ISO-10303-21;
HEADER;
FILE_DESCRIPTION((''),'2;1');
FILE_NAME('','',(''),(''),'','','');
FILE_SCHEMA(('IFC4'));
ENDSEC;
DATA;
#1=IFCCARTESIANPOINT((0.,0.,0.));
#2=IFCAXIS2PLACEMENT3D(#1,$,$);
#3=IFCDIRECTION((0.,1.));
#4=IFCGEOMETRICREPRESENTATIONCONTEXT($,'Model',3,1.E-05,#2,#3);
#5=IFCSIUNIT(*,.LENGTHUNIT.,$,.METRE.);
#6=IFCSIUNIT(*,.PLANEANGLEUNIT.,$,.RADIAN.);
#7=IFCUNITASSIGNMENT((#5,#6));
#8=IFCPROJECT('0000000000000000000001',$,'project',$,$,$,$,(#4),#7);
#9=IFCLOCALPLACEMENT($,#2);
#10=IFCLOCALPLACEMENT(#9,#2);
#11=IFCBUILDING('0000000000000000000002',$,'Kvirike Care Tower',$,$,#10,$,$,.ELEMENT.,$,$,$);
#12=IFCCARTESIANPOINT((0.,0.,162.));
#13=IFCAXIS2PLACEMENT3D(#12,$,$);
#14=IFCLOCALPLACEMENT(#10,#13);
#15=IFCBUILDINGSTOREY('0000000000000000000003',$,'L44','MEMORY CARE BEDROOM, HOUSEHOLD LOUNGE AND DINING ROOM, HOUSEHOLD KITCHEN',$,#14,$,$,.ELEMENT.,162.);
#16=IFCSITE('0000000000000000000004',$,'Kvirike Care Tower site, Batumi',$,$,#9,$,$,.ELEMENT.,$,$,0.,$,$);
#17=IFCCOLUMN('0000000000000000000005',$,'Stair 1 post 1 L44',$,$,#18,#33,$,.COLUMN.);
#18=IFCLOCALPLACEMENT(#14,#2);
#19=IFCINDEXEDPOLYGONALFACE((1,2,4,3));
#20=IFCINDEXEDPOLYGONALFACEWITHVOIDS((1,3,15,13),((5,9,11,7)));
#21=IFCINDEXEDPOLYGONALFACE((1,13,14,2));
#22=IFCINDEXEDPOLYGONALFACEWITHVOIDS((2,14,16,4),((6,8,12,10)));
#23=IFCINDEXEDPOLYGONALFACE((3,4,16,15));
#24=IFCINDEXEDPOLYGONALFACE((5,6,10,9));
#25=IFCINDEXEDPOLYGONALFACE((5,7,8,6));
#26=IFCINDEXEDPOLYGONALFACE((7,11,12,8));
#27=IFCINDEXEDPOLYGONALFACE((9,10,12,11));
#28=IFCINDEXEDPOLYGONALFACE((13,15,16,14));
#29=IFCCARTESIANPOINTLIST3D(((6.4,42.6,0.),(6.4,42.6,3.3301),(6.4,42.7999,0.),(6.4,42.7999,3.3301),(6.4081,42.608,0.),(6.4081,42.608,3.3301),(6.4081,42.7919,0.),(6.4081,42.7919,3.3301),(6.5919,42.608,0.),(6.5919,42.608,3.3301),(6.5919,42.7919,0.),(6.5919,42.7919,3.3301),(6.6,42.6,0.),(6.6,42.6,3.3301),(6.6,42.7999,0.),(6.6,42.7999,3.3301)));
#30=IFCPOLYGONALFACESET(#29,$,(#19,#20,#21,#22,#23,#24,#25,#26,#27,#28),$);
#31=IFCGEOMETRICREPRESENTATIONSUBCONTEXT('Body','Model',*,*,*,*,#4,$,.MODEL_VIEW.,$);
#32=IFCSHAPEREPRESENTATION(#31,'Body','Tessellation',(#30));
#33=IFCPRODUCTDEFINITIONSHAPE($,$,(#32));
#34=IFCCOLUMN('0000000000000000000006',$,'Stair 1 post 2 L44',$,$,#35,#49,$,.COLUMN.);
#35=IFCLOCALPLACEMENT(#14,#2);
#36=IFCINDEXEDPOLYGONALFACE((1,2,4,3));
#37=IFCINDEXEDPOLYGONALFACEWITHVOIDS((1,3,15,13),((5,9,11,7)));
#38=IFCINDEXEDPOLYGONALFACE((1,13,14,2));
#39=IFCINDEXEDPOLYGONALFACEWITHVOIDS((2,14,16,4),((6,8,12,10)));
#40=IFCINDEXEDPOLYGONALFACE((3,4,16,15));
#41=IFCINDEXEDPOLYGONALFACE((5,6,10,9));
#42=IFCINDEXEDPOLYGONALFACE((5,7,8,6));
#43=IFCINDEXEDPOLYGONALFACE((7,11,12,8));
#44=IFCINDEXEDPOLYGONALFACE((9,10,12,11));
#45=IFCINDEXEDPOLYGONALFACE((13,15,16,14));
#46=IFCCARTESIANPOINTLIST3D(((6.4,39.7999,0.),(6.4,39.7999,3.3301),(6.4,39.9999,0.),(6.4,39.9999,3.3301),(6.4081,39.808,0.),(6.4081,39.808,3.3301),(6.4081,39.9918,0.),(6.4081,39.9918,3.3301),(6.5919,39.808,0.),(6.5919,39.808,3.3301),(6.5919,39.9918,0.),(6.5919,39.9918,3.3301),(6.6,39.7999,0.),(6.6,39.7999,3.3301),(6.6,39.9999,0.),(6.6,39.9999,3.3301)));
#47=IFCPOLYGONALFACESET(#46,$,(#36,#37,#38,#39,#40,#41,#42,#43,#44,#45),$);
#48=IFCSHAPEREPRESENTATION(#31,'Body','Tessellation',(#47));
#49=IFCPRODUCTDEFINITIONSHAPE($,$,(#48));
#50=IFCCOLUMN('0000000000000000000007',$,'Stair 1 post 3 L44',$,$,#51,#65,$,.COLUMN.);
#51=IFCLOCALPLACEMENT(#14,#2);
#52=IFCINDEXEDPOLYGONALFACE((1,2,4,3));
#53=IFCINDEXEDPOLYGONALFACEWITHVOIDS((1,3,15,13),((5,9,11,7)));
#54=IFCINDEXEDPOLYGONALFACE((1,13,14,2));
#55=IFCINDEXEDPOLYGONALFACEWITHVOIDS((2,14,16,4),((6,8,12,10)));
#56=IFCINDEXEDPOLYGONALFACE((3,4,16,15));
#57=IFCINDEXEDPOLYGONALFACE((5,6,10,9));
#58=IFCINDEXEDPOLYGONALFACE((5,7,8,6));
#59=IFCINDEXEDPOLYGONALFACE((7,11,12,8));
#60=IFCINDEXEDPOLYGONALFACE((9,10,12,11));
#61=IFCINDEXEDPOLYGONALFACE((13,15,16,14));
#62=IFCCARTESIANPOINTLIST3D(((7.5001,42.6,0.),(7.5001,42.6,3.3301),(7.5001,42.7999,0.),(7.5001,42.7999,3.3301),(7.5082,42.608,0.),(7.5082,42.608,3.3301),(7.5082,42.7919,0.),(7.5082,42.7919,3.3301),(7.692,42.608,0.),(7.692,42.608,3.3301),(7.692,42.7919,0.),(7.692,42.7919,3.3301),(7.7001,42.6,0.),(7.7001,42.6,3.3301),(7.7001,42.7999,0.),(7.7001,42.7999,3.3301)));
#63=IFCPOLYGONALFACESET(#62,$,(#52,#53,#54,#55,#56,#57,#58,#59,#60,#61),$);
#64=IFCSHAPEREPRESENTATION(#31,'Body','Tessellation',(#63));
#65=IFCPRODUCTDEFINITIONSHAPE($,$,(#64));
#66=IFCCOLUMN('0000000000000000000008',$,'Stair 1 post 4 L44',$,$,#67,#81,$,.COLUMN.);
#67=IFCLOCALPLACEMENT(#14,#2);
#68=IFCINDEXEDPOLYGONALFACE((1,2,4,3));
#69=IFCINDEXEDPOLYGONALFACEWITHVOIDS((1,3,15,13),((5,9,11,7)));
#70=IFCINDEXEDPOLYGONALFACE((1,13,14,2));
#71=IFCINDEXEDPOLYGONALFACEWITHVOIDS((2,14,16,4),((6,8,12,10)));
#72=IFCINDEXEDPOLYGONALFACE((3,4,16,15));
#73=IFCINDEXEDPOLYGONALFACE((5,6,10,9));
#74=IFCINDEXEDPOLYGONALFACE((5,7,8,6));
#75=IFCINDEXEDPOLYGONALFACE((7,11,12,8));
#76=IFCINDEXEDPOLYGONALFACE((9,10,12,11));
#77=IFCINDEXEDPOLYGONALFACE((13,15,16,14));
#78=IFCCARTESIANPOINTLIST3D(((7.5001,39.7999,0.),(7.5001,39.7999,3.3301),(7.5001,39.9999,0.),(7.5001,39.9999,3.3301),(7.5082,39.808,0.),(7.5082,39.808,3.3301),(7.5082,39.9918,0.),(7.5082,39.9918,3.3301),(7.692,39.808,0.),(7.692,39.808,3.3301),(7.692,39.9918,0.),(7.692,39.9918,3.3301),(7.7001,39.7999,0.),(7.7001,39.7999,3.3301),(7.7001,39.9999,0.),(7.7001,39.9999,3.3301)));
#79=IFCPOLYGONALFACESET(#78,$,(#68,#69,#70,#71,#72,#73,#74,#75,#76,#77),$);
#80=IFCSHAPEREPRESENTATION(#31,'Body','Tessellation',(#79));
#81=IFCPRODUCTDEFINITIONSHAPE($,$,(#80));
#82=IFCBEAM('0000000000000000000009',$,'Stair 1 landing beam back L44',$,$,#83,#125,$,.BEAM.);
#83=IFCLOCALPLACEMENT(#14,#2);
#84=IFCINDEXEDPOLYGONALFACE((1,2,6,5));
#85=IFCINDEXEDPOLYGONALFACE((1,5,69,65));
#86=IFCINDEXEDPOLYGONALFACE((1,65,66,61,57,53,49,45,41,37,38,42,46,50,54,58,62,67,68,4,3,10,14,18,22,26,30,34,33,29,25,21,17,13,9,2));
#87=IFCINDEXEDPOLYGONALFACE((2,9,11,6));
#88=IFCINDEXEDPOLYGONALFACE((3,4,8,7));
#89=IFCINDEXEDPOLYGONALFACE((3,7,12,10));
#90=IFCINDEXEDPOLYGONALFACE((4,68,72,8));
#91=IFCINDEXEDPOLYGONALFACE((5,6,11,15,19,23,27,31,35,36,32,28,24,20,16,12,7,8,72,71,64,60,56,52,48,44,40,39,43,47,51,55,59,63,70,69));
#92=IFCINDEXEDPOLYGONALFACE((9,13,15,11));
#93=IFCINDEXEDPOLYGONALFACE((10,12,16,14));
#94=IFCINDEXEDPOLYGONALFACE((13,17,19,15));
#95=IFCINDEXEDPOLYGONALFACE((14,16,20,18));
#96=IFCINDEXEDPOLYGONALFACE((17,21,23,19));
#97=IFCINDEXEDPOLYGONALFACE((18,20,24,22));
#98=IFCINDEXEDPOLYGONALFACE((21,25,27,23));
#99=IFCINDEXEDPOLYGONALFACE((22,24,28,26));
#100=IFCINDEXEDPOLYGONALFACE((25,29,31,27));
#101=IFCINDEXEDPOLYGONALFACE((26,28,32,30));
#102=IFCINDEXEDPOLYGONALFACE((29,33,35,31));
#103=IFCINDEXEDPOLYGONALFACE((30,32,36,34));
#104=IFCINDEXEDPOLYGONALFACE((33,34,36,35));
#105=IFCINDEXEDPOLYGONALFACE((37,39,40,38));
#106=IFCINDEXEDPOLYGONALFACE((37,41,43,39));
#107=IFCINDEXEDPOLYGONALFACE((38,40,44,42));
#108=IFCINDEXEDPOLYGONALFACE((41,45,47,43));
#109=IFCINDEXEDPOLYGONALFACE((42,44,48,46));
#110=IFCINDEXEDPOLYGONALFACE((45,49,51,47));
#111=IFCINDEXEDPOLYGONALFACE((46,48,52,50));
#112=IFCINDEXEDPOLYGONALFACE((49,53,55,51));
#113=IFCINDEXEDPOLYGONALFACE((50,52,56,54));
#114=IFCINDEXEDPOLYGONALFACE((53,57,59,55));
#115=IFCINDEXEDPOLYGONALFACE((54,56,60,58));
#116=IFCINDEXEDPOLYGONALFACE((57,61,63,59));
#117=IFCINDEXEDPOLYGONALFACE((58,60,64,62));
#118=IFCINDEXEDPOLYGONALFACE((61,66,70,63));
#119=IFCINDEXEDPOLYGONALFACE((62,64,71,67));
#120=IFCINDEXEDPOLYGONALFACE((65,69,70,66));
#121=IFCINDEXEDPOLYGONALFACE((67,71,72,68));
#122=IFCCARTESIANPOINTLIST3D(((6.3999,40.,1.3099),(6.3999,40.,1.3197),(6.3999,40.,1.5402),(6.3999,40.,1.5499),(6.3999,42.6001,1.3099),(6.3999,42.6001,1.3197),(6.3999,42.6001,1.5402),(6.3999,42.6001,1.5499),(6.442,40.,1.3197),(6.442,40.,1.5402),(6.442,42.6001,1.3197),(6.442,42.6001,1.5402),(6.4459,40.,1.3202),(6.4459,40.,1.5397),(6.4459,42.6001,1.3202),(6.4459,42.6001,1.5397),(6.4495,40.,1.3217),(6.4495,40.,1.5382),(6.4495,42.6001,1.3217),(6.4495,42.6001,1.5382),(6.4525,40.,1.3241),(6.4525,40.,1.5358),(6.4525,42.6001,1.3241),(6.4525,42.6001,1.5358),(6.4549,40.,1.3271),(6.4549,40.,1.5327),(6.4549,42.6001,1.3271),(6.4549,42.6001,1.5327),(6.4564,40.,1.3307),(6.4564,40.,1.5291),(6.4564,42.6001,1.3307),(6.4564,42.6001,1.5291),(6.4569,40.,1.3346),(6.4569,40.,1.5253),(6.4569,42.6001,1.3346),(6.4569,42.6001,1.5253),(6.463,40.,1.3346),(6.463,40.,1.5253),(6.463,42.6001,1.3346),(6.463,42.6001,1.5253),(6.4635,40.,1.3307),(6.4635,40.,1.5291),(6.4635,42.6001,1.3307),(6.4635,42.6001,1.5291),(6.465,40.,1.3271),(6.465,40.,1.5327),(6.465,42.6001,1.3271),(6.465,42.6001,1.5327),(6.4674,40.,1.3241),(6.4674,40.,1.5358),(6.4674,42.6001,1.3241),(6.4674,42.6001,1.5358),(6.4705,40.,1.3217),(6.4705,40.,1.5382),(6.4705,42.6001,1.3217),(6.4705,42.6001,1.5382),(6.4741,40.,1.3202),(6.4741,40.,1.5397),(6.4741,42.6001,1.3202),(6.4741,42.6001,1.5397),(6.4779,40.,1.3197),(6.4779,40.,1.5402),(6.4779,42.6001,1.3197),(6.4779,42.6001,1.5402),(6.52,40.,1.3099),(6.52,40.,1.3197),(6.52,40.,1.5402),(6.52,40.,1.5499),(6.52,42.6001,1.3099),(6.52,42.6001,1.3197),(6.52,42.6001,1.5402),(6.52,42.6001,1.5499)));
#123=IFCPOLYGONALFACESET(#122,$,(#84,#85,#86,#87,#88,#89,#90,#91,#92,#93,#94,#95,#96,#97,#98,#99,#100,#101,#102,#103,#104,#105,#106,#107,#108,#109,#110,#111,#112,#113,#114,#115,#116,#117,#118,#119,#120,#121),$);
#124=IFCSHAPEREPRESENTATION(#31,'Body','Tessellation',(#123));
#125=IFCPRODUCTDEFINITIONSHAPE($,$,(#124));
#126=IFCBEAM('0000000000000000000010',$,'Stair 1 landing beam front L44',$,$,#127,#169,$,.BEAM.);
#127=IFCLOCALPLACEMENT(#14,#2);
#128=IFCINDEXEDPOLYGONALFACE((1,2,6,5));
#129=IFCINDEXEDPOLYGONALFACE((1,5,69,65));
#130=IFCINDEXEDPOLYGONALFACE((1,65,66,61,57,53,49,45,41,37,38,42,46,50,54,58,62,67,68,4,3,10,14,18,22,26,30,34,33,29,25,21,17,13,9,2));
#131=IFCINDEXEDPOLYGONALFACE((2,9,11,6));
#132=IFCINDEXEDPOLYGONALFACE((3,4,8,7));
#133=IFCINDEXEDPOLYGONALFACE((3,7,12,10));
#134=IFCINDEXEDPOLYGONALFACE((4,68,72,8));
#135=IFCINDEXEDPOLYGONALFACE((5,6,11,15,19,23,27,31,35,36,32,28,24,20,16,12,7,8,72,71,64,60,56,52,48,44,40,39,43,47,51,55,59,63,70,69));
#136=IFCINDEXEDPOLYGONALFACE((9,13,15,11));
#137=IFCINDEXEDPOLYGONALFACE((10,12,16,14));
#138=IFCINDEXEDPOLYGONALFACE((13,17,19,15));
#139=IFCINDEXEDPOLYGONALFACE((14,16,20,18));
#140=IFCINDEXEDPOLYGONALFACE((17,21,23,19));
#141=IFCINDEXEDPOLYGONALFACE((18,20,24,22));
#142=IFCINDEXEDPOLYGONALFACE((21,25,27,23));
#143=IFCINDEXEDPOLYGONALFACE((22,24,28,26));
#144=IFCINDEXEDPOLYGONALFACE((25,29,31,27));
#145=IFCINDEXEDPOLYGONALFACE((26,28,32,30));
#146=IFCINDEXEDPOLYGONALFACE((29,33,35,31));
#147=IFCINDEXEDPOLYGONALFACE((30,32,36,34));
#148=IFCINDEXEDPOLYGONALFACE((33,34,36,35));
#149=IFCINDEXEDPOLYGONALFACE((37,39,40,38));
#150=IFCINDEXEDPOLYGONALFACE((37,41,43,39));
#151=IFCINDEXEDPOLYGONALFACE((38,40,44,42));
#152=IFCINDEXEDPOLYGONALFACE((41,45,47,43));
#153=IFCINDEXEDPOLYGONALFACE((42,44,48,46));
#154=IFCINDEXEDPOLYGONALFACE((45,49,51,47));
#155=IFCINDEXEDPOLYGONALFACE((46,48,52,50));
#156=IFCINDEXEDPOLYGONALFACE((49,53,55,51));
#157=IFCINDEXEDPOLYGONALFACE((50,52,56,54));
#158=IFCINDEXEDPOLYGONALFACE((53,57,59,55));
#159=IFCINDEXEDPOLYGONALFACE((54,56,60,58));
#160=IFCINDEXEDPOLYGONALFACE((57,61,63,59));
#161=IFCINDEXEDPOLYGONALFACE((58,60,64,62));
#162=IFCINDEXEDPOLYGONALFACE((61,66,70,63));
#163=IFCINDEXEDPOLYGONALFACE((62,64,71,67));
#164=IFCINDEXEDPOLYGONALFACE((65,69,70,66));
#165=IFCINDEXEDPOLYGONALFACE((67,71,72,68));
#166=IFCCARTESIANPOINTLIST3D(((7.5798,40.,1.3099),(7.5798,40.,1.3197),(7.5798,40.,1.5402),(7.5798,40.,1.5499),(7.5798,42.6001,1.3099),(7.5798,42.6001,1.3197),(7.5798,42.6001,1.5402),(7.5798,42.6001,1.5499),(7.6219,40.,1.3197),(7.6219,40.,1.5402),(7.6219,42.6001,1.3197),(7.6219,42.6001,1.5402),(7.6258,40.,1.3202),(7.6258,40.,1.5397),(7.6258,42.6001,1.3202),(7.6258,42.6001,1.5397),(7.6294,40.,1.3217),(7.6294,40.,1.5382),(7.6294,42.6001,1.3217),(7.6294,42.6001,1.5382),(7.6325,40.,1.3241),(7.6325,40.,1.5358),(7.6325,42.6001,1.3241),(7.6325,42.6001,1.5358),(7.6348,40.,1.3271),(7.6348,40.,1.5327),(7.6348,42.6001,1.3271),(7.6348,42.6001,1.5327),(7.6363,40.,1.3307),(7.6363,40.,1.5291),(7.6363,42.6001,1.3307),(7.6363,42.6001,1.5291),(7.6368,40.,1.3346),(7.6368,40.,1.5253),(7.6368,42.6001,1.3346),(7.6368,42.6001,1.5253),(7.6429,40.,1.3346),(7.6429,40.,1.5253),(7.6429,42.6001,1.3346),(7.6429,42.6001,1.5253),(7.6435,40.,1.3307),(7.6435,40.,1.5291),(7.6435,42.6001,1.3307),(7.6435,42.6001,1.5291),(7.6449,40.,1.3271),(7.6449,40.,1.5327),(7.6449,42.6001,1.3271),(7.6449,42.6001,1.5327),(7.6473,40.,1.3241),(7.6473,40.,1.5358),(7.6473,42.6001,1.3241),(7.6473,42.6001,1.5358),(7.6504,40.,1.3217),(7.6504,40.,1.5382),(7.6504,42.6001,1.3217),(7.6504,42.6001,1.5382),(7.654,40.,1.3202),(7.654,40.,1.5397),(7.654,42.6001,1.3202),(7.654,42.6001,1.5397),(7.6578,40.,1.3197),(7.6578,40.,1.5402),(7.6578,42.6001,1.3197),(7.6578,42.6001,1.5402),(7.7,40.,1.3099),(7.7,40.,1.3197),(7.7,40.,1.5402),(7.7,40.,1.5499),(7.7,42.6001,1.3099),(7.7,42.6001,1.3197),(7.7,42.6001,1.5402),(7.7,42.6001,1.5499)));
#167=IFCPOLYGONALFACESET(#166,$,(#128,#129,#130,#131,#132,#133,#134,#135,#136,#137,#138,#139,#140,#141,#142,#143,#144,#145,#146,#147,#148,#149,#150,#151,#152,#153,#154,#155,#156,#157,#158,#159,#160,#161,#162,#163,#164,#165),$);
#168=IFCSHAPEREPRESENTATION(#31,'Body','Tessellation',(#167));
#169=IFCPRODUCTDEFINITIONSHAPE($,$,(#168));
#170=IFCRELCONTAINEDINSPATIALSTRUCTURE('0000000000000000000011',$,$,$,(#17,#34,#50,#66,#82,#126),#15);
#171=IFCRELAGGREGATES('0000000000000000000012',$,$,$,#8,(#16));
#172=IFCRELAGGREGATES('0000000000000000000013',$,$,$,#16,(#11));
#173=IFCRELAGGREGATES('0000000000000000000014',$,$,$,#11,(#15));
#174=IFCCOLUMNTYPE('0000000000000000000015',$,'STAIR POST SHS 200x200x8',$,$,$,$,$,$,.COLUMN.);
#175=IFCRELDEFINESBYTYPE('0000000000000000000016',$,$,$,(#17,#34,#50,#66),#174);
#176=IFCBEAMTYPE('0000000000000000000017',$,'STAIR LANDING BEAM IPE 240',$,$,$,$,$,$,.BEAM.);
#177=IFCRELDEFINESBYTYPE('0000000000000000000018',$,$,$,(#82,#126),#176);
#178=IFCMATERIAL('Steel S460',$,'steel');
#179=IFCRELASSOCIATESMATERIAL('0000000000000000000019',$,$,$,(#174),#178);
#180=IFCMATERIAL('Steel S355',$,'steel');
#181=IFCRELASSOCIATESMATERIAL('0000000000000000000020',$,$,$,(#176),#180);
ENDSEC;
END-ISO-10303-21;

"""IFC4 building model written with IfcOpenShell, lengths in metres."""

from ifc_helpers import new_model, si_unit, direction, frame, origin, origin_2d, place, context, subcontext, project, spatial, hollow_rectangle, i_section, extrude, material, material_profile, profile_set, type_object, element, save


model = new_model("IFC4")

# Units and contexts
model_context = context("Model", 3, precision=1e-05, world=origin(), true_north=direction((0.0, 1.0)))
body_context = subcontext(model_context, "Body", "Model", "MODEL_VIEW")
ifc_project = project(units=[si_unit("LENGTHUNIT", "METRE"), si_unit("PLANEANGLEUNIT", "RADIAN")], contexts=[model_context])

# Site, building, storey
site_placement = place(None, origin())
site = spatial("IfcSite", under=ifc_project, at=site_placement, Name="Kvirike Care Tower site, Batumi", CompositionType="ELEMENT", RefElevation=0.0)
building_placement = place(site_placement, origin())
building = spatial("IfcBuilding", under=site, at=building_placement, Name="Kvirike Care Tower", CompositionType="ELEMENT")
storey_placement = place(building_placement, frame((0.0, 0.0, 162.0)))
storey = spatial("IfcBuildingStorey", under=building, at=storey_placement, Name="L44", Description="MEMORY CARE BEDROOM, HOUSEHOLD LOUNGE AND DINING ROOM, HOUSEHOLD KITCHEN", CompositionType="ELEMENT", Elevation=162.0)

# Columns
ifc_material_1 = material(Name="Steel S460", Category="steel")
ifc_material_profile_1 = material_profile(ifc_material_1, hollow_rectangle(XDim=0.2, YDim=0.2, WallThickness=0.0081, at=origin_2d()), Name="SHS 200x200x8")
ifc_profile_set_1 = profile_set([ifc_material_profile_1], Name="Steel S460")
column_type = type_object("IfcColumnType", Name="STAIR POST SHS 200x200x8", PredefinedType="COLUMN", material=ifc_profile_set_1)
for number, where, z_axis, x_axis, name in (
    (1, (6.5, 42.7, 0.0), (0.0, 0.0, 1.0), (1.0, 0.0, 0.0), "Stair 1 post 1 L44"),
    (2, (6.5, 39.8999, 0.0), (0.0, 0.0, 1.0), (1.0, 0.0, 0.0), "Stair 1 post 2 L44"),
    (3, (7.6001, 42.7, 0.0), (0.0, 0.0, 1.0), (1.0, 0.0, 0.0), "Stair 1 post 3 L44"),
    (4, (7.6001, 39.8999, 0.0), (0.0, 0.0, 1.0), (1.0, 0.0, 0.0), "Stair 1 post 4 L44"),
):
    element("IfcColumn", number, at=place(storey_placement, frame(where, z_axis=z_axis, x_axis=x_axis)), inside=storey, type_object=column_type, Name=name, PredefinedType="COLUMN", context=body_context, shape_type="SweptSolid", body=[
        extrude(hollow_rectangle(XDim=0.2, YDim=0.2, WallThickness=0.0081, at=origin_2d()), origin(), (0.0, 0.0, 1.0), 3.3301),
    ])

# Beams
ifc_material_2 = material(Name="Steel S355", Category="steel")
ifc_material_profile_2 = material_profile(ifc_material_2, i_section(OverallWidth=0.1201, OverallDepth=0.24, WebThickness=0.0061, FlangeThickness=0.0098, FilletRadius=0.0149, at=origin_2d()), Name="IPE 240")
ifc_profile_set_2 = profile_set([ifc_material_profile_2], Name="Steel S355")
beam_type = type_object("IfcBeamType", Name="STAIR LANDING BEAM IPE 240", PredefinedType="BEAM", material=ifc_profile_set_2)
for number, where, z_axis, x_axis, name in (
    (5, (6.46, 42.6001, 1.4299), (0.0, -1.0, 0.0), (1.0, 0.0, 0.0), "Stair 1 landing beam back L44"),
    (6, (7.6399, 42.6001, 1.4299), (0.0, -1.0, 0.0), (1.0, 0.0, 0.0), "Stair 1 landing beam front L44"),
):
    element("IfcBeam", number, at=place(storey_placement, frame(where, z_axis=z_axis, x_axis=x_axis)), inside=storey, type_object=beam_type, Name=name, PredefinedType="BEAM", context=body_context, shape_type="SweptSolid", body=[
        extrude(i_section(OverallWidth=0.1201, OverallDepth=0.24, WebThickness=0.0061, FlangeThickness=0.0098, FilletRadius=0.0149, at=origin_2d()), origin(), (0.0, 0.0, 1.0), 2.6001),
    ])

save(model, "model.ifc")
